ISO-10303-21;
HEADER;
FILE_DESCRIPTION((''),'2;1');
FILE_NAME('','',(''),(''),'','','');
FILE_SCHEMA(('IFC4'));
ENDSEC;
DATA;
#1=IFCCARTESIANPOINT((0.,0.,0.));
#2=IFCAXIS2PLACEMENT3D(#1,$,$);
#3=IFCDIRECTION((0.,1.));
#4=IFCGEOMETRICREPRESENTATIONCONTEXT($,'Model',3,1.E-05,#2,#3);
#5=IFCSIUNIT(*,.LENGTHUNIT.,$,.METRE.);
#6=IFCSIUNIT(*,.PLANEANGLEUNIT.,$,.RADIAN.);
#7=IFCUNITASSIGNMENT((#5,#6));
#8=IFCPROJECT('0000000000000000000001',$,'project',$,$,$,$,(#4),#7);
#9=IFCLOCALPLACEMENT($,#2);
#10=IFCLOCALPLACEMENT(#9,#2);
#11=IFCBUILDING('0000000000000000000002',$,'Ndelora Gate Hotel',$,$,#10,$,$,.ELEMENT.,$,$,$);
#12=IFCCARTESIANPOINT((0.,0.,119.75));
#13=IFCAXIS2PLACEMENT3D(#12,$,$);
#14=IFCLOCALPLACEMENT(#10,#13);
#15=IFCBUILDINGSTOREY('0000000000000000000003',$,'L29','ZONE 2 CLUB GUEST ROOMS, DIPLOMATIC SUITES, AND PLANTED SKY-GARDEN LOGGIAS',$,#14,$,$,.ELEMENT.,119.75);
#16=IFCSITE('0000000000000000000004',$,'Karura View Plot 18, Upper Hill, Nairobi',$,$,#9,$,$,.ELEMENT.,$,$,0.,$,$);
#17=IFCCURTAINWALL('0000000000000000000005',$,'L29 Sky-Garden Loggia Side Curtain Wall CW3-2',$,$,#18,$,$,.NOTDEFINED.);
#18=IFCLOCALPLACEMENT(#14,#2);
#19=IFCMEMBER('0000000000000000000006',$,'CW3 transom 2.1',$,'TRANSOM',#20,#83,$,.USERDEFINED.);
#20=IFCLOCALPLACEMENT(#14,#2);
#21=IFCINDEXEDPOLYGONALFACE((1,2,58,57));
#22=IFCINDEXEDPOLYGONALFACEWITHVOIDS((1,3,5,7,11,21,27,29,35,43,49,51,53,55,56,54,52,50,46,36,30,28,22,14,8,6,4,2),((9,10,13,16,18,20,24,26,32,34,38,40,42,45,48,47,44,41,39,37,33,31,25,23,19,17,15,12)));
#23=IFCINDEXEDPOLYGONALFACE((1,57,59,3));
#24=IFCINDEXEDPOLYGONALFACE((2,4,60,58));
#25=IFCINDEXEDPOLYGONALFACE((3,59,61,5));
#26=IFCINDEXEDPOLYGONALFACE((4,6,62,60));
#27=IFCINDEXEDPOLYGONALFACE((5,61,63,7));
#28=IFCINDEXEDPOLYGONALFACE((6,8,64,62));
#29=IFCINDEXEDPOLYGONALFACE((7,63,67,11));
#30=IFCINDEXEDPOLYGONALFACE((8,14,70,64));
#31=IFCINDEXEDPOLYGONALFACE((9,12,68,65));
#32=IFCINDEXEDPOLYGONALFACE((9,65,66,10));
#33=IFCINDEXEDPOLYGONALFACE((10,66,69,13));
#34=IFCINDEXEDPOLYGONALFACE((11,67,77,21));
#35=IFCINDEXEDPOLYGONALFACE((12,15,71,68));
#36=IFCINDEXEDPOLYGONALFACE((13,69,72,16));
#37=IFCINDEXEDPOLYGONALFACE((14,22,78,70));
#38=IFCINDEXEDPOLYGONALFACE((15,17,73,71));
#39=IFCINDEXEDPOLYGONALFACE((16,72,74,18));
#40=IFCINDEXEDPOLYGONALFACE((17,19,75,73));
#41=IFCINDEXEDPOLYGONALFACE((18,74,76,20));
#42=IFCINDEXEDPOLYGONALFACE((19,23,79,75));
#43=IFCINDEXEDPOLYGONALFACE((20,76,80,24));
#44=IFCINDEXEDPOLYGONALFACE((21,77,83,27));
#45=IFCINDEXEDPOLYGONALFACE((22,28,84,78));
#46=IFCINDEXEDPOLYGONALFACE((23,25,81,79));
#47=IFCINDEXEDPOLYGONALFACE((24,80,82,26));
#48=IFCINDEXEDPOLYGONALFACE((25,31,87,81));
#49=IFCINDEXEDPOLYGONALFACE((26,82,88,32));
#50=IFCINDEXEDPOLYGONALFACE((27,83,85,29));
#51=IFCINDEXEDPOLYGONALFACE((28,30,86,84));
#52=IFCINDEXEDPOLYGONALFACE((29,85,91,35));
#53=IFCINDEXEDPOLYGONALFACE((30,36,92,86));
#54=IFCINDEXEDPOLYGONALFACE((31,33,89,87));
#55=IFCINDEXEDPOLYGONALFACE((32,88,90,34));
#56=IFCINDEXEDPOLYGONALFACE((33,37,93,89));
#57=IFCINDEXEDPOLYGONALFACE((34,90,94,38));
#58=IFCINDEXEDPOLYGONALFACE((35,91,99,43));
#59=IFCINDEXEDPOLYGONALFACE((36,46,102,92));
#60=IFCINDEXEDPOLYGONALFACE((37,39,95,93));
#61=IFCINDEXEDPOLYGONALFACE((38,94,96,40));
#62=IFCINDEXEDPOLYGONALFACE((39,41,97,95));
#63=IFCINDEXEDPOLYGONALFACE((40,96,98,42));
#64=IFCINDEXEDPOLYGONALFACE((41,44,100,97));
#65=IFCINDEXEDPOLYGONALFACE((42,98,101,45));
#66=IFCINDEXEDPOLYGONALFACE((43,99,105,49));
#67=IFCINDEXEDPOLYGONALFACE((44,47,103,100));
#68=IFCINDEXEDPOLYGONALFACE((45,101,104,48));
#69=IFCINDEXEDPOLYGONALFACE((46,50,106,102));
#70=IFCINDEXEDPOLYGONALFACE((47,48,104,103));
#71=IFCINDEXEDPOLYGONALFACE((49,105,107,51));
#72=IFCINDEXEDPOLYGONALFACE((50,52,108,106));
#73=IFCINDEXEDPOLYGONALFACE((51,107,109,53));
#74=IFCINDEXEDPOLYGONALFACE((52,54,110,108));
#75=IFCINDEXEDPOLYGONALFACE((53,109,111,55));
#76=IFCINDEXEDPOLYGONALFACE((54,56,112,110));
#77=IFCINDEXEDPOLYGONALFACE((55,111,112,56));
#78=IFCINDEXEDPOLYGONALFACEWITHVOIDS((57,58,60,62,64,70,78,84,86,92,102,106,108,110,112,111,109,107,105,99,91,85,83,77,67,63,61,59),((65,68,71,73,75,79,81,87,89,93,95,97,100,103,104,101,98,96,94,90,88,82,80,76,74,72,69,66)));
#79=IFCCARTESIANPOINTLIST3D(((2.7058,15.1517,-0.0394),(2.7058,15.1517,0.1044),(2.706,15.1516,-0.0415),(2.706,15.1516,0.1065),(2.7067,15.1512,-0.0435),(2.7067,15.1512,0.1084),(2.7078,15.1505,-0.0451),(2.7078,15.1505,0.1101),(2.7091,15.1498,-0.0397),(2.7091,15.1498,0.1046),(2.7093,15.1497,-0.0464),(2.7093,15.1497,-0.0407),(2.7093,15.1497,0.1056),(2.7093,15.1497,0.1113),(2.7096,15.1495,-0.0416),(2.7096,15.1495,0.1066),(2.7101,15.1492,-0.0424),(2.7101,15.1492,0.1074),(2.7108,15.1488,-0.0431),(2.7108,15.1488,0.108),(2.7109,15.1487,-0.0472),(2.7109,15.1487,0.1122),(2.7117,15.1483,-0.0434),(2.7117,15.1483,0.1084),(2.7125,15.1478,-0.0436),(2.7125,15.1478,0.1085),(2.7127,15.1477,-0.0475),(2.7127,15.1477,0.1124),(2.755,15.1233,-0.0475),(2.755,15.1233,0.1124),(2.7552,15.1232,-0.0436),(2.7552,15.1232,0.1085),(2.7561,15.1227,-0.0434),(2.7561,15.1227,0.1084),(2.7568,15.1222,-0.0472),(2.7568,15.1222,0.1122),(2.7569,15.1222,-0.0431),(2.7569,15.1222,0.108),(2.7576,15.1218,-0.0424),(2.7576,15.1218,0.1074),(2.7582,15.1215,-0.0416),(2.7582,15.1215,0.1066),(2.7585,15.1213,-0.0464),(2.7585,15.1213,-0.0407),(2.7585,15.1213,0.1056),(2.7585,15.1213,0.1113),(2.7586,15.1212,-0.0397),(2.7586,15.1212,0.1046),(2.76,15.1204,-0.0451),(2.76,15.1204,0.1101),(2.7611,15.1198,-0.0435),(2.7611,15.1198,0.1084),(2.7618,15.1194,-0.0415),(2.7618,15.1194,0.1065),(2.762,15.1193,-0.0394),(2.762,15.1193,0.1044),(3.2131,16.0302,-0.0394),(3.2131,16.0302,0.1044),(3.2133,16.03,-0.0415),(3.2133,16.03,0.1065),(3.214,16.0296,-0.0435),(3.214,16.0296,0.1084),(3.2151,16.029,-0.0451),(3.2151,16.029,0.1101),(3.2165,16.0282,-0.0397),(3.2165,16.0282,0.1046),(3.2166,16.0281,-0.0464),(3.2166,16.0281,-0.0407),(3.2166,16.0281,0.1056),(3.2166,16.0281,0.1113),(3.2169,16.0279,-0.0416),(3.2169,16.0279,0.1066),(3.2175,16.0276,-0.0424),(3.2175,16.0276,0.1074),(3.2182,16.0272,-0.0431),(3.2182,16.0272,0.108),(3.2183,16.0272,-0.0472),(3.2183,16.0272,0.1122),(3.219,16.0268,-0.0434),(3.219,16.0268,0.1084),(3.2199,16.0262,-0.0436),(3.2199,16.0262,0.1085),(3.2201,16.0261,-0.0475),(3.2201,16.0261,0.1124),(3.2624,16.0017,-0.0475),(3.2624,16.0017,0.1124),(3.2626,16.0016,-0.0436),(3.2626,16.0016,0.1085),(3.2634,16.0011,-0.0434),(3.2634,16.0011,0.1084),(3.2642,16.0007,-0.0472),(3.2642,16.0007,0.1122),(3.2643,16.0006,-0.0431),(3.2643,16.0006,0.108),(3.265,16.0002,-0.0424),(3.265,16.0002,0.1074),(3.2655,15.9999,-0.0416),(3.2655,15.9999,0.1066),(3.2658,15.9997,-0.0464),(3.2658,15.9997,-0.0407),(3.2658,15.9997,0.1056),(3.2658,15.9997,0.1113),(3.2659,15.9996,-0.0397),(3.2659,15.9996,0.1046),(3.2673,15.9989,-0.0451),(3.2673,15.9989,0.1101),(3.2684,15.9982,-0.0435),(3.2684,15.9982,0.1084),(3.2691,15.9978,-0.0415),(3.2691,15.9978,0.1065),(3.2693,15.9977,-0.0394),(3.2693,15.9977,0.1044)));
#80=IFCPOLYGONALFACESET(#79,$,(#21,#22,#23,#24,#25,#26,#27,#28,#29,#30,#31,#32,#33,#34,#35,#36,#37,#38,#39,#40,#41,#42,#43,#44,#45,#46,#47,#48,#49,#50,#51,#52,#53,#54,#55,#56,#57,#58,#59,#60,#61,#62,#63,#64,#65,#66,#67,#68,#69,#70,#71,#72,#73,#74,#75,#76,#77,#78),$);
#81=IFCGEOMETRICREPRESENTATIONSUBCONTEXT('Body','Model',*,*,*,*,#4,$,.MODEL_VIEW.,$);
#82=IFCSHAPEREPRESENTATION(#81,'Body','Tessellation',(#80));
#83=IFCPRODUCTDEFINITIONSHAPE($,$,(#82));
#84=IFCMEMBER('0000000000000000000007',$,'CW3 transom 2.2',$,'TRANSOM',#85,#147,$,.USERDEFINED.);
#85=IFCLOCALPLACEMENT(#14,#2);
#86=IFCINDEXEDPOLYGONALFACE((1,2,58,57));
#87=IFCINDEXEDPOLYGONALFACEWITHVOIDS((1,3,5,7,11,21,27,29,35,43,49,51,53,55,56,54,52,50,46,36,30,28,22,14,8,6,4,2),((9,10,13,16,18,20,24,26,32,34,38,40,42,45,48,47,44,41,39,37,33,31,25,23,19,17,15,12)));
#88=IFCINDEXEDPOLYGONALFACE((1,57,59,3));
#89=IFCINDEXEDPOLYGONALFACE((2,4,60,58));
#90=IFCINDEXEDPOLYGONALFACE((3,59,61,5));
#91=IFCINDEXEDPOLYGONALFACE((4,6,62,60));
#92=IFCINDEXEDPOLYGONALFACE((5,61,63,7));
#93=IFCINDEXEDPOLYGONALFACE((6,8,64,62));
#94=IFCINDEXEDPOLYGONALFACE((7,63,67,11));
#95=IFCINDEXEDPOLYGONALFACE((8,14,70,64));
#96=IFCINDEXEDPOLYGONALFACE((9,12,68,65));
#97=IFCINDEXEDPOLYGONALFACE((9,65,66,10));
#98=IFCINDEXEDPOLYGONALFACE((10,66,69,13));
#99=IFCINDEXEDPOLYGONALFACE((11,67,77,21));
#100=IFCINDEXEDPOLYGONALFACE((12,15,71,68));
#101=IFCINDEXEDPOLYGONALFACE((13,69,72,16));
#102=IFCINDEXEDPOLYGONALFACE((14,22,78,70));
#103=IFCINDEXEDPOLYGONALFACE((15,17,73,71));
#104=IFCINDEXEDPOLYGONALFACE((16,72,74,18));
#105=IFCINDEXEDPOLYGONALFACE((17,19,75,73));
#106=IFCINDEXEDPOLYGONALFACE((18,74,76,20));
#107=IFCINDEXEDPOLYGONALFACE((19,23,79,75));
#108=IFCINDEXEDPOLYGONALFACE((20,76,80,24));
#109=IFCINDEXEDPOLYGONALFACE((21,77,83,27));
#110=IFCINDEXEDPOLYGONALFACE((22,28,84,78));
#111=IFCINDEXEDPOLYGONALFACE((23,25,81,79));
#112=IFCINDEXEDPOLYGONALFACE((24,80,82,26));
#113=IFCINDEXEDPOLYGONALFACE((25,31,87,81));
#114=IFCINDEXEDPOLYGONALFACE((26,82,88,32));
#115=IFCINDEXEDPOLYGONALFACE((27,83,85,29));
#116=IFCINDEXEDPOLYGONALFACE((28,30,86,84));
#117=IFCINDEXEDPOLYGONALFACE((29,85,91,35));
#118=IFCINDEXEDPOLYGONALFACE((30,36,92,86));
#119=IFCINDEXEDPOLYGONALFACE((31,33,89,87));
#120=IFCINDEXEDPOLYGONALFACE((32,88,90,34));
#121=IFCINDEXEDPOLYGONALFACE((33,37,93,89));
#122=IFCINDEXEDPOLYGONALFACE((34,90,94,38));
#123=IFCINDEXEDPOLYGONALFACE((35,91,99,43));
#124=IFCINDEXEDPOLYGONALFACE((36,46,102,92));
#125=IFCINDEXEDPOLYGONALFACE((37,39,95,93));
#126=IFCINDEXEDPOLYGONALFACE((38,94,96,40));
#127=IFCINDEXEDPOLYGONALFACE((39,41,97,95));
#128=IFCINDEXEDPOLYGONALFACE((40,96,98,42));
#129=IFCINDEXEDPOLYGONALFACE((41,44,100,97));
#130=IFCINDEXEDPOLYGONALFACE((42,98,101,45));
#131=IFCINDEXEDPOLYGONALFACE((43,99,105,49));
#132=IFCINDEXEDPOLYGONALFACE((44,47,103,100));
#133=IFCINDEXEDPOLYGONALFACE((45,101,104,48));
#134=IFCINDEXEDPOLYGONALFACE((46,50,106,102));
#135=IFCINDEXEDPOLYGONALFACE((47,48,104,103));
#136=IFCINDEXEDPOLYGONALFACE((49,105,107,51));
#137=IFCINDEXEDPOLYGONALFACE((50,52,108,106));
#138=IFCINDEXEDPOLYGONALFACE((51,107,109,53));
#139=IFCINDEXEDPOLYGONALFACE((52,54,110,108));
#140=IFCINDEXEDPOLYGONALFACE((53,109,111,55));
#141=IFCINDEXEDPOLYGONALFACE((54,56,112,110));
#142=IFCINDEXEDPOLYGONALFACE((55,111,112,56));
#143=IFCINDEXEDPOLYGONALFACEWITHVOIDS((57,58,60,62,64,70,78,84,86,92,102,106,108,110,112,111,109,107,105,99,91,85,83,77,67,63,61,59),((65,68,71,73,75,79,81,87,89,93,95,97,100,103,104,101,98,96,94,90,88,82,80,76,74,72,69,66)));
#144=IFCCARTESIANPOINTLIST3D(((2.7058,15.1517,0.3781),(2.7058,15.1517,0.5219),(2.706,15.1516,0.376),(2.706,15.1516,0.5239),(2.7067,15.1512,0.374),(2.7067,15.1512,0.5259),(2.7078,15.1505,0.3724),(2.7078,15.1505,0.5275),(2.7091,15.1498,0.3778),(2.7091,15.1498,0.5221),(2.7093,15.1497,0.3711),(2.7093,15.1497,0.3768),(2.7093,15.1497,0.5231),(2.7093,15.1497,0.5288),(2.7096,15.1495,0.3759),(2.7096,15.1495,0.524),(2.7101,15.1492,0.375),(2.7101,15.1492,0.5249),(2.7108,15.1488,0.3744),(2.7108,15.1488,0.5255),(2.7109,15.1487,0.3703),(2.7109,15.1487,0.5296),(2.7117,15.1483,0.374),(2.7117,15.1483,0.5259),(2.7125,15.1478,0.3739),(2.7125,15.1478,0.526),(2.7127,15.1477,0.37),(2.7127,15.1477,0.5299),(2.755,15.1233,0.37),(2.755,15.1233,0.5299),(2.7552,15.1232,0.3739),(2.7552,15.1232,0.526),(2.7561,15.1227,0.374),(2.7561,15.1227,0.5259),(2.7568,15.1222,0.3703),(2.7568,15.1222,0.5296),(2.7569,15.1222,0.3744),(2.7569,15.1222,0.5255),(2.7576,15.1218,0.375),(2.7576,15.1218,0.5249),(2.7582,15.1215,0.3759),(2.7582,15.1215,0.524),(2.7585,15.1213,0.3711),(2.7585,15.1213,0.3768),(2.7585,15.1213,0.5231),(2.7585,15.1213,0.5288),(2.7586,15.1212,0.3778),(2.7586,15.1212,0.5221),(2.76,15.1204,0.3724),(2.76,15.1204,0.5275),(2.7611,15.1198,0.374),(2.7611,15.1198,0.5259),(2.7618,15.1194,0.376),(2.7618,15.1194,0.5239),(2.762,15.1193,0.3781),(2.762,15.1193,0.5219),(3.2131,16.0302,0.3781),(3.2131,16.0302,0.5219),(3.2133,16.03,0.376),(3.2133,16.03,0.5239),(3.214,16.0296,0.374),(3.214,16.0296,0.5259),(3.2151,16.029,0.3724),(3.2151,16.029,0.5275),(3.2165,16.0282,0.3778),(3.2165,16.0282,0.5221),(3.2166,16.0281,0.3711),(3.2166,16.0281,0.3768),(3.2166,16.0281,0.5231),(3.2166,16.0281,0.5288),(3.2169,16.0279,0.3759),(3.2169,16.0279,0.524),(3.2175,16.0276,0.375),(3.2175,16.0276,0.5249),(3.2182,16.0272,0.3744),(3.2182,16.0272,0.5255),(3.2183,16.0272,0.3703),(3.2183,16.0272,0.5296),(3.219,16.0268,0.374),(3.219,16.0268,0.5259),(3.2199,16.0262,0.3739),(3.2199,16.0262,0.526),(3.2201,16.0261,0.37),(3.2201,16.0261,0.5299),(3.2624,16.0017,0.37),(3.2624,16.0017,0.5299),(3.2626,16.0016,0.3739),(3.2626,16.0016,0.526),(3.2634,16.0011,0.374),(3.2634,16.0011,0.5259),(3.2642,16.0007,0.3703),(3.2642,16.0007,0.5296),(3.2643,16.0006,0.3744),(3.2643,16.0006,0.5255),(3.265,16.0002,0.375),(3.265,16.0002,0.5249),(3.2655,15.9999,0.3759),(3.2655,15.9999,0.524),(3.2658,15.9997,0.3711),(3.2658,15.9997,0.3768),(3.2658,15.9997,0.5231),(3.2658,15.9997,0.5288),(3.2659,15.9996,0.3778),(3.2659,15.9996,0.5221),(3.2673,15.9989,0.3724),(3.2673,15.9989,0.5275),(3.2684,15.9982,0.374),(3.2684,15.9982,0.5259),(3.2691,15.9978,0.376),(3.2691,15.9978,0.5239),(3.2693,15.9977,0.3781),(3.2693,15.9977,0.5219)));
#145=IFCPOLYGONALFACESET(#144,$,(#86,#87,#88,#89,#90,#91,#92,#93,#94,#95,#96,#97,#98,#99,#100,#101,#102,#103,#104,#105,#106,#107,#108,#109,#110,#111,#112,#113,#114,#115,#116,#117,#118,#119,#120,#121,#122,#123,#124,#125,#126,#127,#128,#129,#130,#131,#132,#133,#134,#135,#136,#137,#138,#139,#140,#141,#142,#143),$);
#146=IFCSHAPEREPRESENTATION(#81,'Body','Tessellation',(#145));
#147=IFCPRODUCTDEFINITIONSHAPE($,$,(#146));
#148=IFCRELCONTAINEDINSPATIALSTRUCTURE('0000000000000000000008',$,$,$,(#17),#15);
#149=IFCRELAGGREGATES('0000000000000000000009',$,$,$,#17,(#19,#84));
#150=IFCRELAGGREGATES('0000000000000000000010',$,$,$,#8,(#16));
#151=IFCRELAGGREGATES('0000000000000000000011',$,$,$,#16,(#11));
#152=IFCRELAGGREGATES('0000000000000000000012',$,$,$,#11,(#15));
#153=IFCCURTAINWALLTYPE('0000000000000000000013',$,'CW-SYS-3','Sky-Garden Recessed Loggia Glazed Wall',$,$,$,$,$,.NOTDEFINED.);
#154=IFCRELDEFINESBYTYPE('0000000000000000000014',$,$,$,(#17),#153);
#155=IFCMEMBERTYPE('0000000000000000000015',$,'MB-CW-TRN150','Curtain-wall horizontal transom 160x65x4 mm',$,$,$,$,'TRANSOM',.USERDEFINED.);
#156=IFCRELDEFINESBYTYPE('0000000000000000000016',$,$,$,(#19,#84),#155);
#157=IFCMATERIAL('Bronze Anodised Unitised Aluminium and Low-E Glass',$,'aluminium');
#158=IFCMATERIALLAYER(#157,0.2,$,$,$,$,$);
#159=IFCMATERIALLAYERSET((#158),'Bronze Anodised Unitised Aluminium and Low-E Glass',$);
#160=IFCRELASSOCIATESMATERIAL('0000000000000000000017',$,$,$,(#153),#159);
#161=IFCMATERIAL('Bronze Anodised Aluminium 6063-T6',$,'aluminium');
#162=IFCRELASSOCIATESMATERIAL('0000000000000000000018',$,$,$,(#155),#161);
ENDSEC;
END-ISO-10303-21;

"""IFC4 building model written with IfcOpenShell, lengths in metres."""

from ifc_helpers import new_model, si_unit, direction, frame, origin, origin_2d, place, context, subcontext, project, spatial, hollow_rectangle, extrude, material, layer, layer_set, material_profile, profile_set, type_object, element, aggregate, save


model = new_model("IFC4")

# Units and contexts
model_context = context("Model", 3, precision=1e-05, world=origin(), true_north=direction((0.0, 1.0)))
body_context = subcontext(model_context, "Body", "Model", "MODEL_VIEW")
ifc_project = project(units=[si_unit("LENGTHUNIT", "METRE"), si_unit("PLANEANGLEUNIT", "RADIAN")], contexts=[model_context])

# Site, building, storey
site_placement = place(None, origin())
site = spatial("IfcSite", under=ifc_project, at=site_placement, Name="Karura View Plot 18, Upper Hill, Nairobi", CompositionType="ELEMENT", RefElevation=0.0)
building_placement = place(site_placement, origin())
building = spatial("IfcBuilding", under=site, at=building_placement, Name="Ndelora Gate Hotel", CompositionType="ELEMENT")
storey_placement = place(building_placement, frame((0.0, 0.0, 119.75)))
storey = spatial("IfcBuildingStorey", under=building, at=storey_placement, Name="L29", Description="ZONE 2 CLUB GUEST ROOMS, DIPLOMATIC SUITES, AND PLANTED SKY-GARDEN LOGGIAS", CompositionType="ELEMENT", Elevation=119.75)

# Curtain wall, members
ifc_material_1 = material(Name="Bronze Anodised Unitised Aluminium and Low-E Glass", Category="aluminium")
ifc_layer_1 = layer(ifc_material_1, 0.2)
ifc_layer_set_1 = layer_set([ifc_layer_1], Name="Bronze Anodised Unitised Aluminium and Low-E Glass")
curtain_wall_type = type_object("IfcCurtainWallType", Name="CW-SYS-3", Description="Sky-Garden Recessed Loggia Glazed Wall", PredefinedType="NOTDEFINED", material=ifc_layer_set_1)
curtain_wall_placement = place(storey_placement, origin())
curtain_wall = element("IfcCurtainWall", 1, at=curtain_wall_placement, inside=storey, type_object=curtain_wall_type, Name="L29 Sky-Garden Loggia Side Curtain Wall CW3-2", PredefinedType="NOTDEFINED")
ifc_material_2 = material(Name="Bronze Anodised Aluminium 6063-T6", Category="aluminium")
ifc_material_profile_1 = material_profile(ifc_material_2, hollow_rectangle(XDim=0.0649, YDim=0.1599, WallThickness=0.0039, InnerFilletRadius=0.0039, OuterFilletRadius=0.0081, at=origin_2d()), Name="ALU 160x65x4")
ifc_profile_set_1 = profile_set([ifc_material_profile_1], Name="Bronze Anodised Aluminium 6063-T6")
member_type_1 = type_object("IfcMemberType", Name="MB-CW-TRN150", Description="Curtain-wall horizontal transom 160x65x4 mm", ElementType="TRANSOM", PredefinedType="USERDEFINED", material=ifc_profile_set_1)
member_1_placement = place(storey_placement, frame((3.2412, 16.0139, 0.0325), z_axis=(-0.500125, -0.865953, 0.0), x_axis=(0.865953, -0.500125, 0.0)))
member_1 = element("IfcMember", 2, at=member_1_placement, type_object=member_type_1, Name="CW3 transom 2.1", ObjectType="TRANSOM", PredefinedType="USERDEFINED", context=body_context, shape_type="SweptSolid", body=[
    extrude(hollow_rectangle(XDim=0.0649, YDim=0.1599, WallThickness=0.0039, InnerFilletRadius=0.0039, OuterFilletRadius=0.0081, at=origin_2d()), origin(), (0.0, 0.0, 1.0), 1.0144),
])
member_2_placement = place(storey_placement, frame((3.2412, 16.0139, 0.45), z_axis=(-0.500125, -0.865953, 0.0), x_axis=(0.865953, -0.500125, 0.0)))
member_2 = element("IfcMember", 3, at=member_2_placement, type_object=member_type_1, Name="CW3 transom 2.2", ObjectType="TRANSOM", PredefinedType="USERDEFINED", context=body_context, shape_type="SweptSolid", body=[
    extrude(hollow_rectangle(XDim=0.0649, YDim=0.1599, WallThickness=0.0039, InnerFilletRadius=0.0039, OuterFilletRadius=0.0081, at=origin_2d()), origin(), (0.0, 0.0, 1.0), 1.0144),
])
aggregate(curtain_wall, [member_1, member_2])

save(model, "model.ifc")
